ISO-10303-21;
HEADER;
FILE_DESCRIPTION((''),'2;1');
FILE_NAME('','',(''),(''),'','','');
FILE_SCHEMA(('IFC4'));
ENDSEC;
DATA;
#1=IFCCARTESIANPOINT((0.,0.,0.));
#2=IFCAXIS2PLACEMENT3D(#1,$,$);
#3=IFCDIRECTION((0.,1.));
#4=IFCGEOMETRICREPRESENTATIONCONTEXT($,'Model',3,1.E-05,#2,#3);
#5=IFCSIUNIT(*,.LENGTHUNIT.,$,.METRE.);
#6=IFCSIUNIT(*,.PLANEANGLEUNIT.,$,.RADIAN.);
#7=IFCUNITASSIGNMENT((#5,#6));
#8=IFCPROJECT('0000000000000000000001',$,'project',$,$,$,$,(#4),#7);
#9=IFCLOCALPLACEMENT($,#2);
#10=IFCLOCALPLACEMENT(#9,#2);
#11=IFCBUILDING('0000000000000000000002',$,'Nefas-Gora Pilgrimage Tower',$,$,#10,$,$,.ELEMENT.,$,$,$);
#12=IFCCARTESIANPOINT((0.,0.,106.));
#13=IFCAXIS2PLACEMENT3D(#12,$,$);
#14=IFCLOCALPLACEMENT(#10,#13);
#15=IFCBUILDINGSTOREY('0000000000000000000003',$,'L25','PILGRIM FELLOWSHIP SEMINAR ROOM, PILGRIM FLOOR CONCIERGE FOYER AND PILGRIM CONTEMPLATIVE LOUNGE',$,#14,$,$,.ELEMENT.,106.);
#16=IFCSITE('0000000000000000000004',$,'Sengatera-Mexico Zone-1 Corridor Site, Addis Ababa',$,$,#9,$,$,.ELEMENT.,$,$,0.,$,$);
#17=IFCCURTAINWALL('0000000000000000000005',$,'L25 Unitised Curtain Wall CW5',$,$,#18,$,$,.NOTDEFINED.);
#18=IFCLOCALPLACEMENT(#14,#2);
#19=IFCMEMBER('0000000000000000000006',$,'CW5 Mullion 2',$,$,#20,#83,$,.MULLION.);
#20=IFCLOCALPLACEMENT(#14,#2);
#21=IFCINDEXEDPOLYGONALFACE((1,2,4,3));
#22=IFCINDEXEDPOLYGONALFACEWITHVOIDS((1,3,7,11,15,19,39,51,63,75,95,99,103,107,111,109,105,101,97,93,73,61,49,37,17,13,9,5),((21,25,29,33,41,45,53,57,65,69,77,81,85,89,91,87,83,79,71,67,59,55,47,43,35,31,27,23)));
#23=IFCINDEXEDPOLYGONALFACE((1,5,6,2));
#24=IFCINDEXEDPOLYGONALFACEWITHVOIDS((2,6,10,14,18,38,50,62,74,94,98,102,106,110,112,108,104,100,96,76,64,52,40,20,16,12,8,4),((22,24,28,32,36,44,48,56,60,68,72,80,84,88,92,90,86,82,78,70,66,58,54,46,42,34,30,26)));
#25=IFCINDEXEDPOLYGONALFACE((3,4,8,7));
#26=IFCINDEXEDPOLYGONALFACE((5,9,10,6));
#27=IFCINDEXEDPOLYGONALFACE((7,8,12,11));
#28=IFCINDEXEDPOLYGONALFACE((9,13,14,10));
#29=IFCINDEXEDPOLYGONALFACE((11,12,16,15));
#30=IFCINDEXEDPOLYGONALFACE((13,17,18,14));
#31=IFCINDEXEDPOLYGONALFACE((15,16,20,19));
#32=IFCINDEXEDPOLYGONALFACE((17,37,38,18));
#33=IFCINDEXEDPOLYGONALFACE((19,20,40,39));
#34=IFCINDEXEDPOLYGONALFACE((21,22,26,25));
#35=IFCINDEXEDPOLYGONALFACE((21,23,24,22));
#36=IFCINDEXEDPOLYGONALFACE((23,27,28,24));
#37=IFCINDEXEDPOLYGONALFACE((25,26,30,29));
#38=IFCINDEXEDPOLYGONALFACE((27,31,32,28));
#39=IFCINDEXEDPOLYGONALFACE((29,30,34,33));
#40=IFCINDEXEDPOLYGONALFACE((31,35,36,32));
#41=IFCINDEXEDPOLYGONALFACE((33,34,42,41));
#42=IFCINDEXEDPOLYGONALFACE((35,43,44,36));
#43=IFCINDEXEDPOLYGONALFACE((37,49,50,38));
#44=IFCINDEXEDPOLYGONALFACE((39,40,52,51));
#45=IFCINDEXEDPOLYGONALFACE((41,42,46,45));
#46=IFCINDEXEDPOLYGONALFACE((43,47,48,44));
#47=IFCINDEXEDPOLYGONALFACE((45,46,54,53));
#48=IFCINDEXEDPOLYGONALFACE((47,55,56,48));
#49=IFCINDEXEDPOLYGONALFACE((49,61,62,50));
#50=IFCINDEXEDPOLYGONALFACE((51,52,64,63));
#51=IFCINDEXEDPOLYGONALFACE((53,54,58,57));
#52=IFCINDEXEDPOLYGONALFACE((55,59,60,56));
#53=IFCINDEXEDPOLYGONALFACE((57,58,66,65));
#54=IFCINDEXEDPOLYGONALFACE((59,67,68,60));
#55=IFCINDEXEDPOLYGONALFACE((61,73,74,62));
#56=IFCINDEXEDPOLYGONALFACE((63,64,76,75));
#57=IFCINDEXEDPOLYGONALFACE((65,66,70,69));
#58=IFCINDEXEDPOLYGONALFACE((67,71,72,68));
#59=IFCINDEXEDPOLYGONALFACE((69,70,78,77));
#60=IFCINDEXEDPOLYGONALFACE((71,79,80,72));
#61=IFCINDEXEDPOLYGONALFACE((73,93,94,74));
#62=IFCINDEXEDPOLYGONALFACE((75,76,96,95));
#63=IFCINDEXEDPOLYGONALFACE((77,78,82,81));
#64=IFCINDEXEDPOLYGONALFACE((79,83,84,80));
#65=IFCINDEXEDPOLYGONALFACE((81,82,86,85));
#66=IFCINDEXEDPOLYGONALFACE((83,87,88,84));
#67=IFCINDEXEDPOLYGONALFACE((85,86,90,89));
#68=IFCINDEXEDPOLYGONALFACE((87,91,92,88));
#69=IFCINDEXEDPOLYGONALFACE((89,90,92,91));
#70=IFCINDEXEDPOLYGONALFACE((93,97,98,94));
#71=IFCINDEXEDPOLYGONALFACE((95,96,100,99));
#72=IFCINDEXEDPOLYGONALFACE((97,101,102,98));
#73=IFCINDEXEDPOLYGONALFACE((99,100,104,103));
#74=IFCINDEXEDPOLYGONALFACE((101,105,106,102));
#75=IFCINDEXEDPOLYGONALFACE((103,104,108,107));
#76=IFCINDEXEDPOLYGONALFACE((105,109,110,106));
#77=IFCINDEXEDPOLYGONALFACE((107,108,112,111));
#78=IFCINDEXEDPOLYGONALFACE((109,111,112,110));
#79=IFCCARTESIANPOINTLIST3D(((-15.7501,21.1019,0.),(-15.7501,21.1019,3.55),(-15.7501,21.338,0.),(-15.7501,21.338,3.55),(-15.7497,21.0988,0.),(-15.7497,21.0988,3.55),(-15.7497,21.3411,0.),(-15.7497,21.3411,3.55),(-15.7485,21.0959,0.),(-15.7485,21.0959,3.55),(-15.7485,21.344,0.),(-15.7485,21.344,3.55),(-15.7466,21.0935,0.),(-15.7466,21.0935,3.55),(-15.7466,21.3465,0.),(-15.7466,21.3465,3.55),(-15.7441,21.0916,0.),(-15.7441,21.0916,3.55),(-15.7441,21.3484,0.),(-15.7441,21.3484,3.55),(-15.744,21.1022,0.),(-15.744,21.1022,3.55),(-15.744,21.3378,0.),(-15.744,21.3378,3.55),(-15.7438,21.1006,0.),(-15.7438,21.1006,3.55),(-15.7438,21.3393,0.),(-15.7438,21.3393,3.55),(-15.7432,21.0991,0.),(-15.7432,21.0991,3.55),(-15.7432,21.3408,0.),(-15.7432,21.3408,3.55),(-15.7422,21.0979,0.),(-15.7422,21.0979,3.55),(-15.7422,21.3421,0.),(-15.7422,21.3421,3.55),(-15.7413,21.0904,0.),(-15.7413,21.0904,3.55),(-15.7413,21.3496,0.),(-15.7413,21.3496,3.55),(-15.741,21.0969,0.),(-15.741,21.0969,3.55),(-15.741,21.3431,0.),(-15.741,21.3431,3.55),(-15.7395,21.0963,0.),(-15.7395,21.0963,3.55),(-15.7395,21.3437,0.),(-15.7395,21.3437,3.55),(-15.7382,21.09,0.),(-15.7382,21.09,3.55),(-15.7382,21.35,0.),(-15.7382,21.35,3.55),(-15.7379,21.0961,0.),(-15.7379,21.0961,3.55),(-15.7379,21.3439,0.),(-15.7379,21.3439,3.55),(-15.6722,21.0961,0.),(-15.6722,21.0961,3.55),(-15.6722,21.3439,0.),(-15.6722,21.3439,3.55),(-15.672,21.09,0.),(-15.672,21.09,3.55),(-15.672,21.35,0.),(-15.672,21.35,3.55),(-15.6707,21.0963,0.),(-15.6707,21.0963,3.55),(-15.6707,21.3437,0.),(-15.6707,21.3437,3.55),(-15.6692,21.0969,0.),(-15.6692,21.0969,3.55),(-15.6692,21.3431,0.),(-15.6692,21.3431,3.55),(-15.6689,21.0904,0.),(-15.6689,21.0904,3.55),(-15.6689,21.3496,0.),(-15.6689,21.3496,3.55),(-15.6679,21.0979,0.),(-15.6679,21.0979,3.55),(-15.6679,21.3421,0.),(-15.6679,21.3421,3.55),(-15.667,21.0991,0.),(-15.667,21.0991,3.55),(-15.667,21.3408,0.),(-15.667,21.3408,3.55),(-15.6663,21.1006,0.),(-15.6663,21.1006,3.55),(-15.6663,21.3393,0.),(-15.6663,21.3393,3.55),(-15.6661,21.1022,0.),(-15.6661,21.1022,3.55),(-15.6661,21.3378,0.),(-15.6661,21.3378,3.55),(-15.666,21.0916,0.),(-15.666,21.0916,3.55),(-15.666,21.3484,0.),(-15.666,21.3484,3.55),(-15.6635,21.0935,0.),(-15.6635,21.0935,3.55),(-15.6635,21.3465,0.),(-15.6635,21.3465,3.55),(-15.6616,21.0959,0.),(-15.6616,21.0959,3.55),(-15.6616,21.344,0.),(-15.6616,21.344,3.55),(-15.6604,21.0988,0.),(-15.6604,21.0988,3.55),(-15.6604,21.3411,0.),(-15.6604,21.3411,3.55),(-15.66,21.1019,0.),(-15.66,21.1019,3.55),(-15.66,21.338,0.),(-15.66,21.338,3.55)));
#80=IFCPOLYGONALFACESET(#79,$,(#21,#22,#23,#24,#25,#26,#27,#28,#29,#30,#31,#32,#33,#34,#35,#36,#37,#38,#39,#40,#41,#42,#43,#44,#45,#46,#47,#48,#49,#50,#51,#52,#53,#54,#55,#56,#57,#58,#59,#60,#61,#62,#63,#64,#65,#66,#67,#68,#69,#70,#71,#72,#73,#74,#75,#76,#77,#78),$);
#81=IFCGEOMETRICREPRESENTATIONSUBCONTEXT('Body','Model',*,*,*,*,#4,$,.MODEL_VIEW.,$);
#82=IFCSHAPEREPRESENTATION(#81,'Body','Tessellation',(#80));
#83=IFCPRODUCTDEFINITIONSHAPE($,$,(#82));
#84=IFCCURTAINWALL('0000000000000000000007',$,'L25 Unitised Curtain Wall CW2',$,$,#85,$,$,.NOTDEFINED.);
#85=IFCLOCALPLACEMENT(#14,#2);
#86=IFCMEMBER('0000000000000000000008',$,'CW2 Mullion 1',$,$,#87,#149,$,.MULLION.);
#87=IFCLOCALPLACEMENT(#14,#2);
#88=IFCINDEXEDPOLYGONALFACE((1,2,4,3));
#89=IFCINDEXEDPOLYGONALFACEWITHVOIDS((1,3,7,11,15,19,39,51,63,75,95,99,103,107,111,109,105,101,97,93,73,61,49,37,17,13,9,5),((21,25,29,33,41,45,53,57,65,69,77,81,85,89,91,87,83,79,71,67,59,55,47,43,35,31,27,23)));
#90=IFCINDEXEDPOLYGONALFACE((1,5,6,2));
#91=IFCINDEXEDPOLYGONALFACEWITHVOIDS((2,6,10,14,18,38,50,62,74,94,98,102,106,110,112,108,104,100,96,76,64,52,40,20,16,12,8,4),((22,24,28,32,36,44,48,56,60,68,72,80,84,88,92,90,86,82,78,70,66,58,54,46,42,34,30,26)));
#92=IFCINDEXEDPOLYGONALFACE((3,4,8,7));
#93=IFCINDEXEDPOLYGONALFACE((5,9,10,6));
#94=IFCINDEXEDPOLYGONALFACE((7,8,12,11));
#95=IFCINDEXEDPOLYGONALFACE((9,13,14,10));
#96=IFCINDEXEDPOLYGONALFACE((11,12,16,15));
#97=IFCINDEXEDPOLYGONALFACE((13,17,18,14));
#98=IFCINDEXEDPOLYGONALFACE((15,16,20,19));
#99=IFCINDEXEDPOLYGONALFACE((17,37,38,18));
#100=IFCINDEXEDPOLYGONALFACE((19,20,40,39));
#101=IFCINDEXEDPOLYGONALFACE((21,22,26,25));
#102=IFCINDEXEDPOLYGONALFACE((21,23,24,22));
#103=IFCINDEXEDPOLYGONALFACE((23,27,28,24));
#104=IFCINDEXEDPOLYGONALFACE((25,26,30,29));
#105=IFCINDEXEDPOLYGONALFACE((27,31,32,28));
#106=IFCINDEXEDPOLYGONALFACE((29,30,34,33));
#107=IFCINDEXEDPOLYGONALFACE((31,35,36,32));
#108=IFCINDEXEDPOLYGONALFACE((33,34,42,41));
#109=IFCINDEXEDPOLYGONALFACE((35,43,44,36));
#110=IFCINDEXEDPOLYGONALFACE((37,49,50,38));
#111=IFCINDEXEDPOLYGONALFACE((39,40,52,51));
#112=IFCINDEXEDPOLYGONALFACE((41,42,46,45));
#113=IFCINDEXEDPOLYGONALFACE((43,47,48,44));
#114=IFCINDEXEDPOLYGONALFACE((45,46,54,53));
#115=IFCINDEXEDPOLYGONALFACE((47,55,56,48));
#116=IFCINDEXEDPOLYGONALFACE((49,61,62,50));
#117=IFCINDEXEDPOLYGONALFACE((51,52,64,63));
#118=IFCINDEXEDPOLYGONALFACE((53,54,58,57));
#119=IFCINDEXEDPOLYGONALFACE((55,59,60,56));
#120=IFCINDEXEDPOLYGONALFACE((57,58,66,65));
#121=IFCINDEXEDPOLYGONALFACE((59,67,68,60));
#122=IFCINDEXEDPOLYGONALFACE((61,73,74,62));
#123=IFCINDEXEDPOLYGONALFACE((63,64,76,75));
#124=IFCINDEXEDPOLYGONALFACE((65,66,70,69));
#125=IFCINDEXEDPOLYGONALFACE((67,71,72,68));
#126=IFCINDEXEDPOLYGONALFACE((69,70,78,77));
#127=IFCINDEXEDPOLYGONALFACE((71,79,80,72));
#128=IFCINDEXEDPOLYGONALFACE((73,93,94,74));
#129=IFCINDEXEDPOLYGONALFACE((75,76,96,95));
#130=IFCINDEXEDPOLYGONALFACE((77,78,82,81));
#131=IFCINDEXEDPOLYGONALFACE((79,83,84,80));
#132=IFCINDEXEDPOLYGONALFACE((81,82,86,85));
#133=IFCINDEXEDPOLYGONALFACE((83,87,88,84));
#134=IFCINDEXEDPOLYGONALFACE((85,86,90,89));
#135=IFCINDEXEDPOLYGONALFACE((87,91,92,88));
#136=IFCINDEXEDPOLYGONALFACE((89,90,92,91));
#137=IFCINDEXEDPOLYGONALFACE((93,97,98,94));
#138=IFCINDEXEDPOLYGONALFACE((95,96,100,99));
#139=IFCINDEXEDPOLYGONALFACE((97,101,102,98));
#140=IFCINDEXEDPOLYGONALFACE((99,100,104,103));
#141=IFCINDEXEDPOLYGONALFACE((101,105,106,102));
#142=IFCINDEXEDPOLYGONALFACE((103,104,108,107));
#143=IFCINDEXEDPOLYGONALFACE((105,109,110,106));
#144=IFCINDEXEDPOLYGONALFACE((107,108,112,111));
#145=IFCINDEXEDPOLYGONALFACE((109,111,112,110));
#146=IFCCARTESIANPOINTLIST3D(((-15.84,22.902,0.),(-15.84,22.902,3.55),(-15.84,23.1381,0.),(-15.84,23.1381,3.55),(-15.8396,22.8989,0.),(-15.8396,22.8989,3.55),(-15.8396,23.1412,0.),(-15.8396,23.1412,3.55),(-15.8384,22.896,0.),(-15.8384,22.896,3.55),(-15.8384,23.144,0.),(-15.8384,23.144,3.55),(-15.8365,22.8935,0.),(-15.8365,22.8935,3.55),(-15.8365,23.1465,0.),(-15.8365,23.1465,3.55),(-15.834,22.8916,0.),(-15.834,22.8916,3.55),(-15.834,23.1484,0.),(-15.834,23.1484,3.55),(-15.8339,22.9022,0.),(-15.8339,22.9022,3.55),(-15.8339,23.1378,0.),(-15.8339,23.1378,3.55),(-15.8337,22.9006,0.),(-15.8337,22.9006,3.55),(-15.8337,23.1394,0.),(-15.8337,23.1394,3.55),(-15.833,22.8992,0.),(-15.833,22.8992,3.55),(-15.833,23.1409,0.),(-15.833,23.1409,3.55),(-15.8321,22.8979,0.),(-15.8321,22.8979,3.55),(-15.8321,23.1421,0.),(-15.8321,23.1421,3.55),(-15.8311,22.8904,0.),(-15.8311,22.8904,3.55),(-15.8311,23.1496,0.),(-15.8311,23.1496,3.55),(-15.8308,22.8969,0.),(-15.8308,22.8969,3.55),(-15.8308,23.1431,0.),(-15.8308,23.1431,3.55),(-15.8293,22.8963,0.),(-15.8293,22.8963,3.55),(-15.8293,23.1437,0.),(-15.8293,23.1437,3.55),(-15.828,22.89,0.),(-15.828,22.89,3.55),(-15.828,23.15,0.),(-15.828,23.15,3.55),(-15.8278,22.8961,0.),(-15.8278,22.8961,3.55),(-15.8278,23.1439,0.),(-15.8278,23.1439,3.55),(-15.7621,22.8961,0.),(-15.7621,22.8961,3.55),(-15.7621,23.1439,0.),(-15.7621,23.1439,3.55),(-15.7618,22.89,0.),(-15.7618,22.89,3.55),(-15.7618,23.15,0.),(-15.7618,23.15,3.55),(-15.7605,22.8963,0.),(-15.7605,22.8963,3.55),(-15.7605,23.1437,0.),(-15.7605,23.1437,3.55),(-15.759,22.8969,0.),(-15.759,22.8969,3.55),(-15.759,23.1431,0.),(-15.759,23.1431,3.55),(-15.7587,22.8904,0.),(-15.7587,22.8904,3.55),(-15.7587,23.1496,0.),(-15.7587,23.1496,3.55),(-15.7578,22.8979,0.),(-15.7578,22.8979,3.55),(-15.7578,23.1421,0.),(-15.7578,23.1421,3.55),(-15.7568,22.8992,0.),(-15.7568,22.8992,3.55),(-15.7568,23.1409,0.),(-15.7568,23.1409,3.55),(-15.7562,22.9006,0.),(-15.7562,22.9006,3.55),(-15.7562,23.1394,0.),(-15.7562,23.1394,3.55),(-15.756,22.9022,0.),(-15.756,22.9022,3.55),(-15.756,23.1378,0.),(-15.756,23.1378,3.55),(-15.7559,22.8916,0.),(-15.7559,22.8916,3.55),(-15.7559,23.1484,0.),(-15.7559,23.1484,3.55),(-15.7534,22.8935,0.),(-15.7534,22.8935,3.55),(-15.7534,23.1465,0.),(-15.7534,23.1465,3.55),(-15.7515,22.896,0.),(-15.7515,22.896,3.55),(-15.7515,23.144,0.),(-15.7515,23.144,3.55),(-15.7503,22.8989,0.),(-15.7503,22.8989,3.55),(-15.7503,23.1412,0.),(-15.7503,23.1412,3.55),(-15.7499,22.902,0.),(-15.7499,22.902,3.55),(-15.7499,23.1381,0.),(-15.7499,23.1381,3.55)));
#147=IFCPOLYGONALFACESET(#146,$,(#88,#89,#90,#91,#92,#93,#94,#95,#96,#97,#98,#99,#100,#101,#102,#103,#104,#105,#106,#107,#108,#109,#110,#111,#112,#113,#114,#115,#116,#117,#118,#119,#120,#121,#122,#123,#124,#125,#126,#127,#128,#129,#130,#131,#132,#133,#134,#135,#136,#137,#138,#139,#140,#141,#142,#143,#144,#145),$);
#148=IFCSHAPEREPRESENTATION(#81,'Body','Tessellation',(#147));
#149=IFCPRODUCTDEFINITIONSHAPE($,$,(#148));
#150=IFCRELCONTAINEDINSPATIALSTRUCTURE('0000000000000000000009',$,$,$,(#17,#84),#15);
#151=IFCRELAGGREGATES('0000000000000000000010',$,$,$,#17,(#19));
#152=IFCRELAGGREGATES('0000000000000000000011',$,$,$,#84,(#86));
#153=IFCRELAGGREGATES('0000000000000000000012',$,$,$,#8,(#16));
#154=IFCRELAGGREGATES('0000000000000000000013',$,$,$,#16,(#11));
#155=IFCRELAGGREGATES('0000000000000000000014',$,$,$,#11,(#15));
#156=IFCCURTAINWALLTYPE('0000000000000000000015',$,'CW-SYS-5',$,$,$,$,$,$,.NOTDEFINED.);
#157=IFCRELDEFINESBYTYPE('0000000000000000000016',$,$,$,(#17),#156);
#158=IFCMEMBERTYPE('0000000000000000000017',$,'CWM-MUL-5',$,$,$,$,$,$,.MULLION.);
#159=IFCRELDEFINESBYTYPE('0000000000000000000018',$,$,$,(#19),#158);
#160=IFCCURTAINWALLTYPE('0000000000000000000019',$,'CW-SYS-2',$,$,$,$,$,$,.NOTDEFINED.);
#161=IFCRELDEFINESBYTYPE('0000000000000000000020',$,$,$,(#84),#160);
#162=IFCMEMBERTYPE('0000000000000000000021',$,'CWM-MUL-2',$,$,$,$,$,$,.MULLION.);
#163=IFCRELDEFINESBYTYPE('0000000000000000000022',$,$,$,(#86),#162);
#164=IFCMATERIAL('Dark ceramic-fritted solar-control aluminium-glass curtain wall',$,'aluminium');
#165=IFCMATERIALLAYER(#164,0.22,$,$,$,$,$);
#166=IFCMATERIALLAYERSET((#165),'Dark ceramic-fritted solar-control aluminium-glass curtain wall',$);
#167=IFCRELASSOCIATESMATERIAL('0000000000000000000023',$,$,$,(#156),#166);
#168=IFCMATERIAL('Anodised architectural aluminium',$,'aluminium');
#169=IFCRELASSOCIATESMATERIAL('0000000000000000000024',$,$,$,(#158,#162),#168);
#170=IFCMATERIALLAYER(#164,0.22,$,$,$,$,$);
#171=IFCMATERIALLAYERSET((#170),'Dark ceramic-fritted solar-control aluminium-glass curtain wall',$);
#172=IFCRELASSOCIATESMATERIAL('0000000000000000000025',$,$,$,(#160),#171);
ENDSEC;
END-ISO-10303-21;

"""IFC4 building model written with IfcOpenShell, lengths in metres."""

from ifc_helpers import new_model, si_unit, direction, frame, origin, origin_2d, place, context, subcontext, project, spatial, hollow_rectangle, extrude, source, transform, mapped, material, layer, layer_set, material_profile, profile_set, type_object, element, aggregate, save


model = new_model("IFC4")

# Units and contexts
model_context = context("Model", 3, precision=1e-05, world=origin(), true_north=direction((0.0, 1.0)))
body_context = subcontext(model_context, "Body", "Model", "MODEL_VIEW")
ifc_project = project(units=[si_unit("LENGTHUNIT", "METRE"), si_unit("PLANEANGLEUNIT", "RADIAN")], contexts=[model_context])

# Site, building, storey
site_placement = place(None, origin())
site = spatial("IfcSite", under=ifc_project, at=site_placement, Name="Sengatera-Mexico Zone-1 Corridor Site, Addis Ababa", CompositionType="ELEMENT", RefElevation=0.0)
building_placement = place(site_placement, origin())
building = spatial("IfcBuilding", under=site, at=building_placement, Name="Nefas-Gora Pilgrimage Tower", CompositionType="ELEMENT")
storey_placement = place(building_placement, frame((0.0, 0.0, 106.0)))
storey = spatial("IfcBuildingStorey", under=building, at=storey_placement, Name="L25", Description="PILGRIM FELLOWSHIP SEMINAR ROOM, PILGRIM FLOOR CONCIERGE FOYER AND PILGRIM CONTEMPLATIVE LOUNGE", CompositionType="ELEMENT", Elevation=106.0)

# Curtain wall, member
ifc_material_1 = material(Name="Dark ceramic-fritted solar-control aluminium-glass curtain wall", Category="aluminium")
ifc_layer_1 = layer(ifc_material_1, 0.22)
ifc_layer_set_1 = layer_set([ifc_layer_1], Name="Dark ceramic-fritted solar-control aluminium-glass curtain wall")
curtain_wall_type_1 = type_object("IfcCurtainWallType", Name="CW-SYS-5", PredefinedType="NOTDEFINED", material=ifc_layer_set_1)
curtain_wall_1_placement = place(storey_placement, origin())
curtain_wall_1 = element("IfcCurtainWall", 1, at=curtain_wall_1_placement, inside=storey, type_object=curtain_wall_type_1, Name="L25 Unitised Curtain Wall CW5", PredefinedType="NOTDEFINED")
ifc_material_2 = material(Name="Anodised architectural aluminium", Category="aluminium")
ifc_material_profile_1 = material_profile(ifc_material_2, hollow_rectangle(XDim=0.0901, YDim=0.26, WallThickness=0.0061, InnerFilletRadius=0.0061, OuterFilletRadius=0.012, at=origin_2d()), Name="ALU MULLION 90x260")
ifc_profile_set_1 = profile_set([ifc_material_profile_1], Name="Anodised architectural aluminium")
member_type_1 = type_object("IfcMemberType", Name="CWM-MUL-5", PredefinedType="MULLION", material=ifc_profile_set_1)
shared_shape_1 = source(origin(), body_context, "Body", "SweptSolid", [
    extrude(hollow_rectangle(XDim=0.0901, YDim=0.26, WallThickness=0.0061, InnerFilletRadius=0.0061, OuterFilletRadius=0.012, at=origin_2d()), origin(), (0.0, 0.0, 1.0), 3.55),
])
member_1_placement = place(storey_placement, frame((-15.7051, 21.22, 0.0), z_axis=(0.0, 0.0, 1.0), x_axis=(-1.0, 0.0, 0.0)))
member_1 = element("IfcMember", 2, at=member_1_placement, type_object=member_type_1, Name="CW5 Mullion 2", PredefinedType="MULLION", context=body_context, shape_type="MappedRepresentation", body=[
    mapped(shared_shape_1, transform((0.0, 0.0, 0.0), x_axis=(1.0, 0.0, 0.0), y_axis=(0.0, 1.0, 0.0), z_axis=(0.0, 0.0, 1.0), scale=1.0)),
])

# Curtain wall, member
ifc_layer_2 = layer(ifc_material_1, 0.22)
ifc_layer_set_2 = layer_set([ifc_layer_2], Name="Dark ceramic-fritted solar-control aluminium-glass curtain wall")
curtain_wall_type_2 = type_object("IfcCurtainWallType", Name="CW-SYS-2", PredefinedType="NOTDEFINED", material=ifc_layer_set_2)
curtain_wall_2_placement = place(storey_placement, origin())
curtain_wall_2 = element("IfcCurtainWall", 3, at=curtain_wall_2_placement, inside=storey, type_object=curtain_wall_type_2, Name="L25 Unitised Curtain Wall CW2", PredefinedType="NOTDEFINED")
ifc_material_profile_2 = material_profile(ifc_material_2, hollow_rectangle(XDim=0.0901, YDim=0.26, WallThickness=0.0061, InnerFilletRadius=0.0061, OuterFilletRadius=0.012, at=origin_2d()), Name="ALU MULLION 90x260")
ifc_profile_set_2 = profile_set([ifc_material_profile_2], Name="Anodised architectural aluminium")
member_type_2 = type_object("IfcMemberType", Name="CWM-MUL-2", PredefinedType="MULLION", material=ifc_profile_set_2)
shared_shape_2 = source(origin(), body_context, "Body", "SweptSolid", [
    extrude(hollow_rectangle(XDim=0.0901, YDim=0.26, WallThickness=0.0061, InnerFilletRadius=0.0061, OuterFilletRadius=0.012, at=origin_2d()), origin(), (0.0, 0.0, 1.0), 3.55),
])
member_2_placement = place(storey_placement, frame((-15.7949, 23.02, 0.0), z_axis=(0.0, 0.0, 1.0), x_axis=(-1.0, 0.0, 0.0)))
member_2 = element("IfcMember", 4, at=member_2_placement, type_object=member_type_2, Name="CW2 Mullion 1", PredefinedType="MULLION", context=body_context, shape_type="MappedRepresentation", body=[
    mapped(shared_shape_2, transform((0.0, 0.0, 0.0), x_axis=(1.0, 0.0, 0.0), y_axis=(0.0, 1.0, 0.0), z_axis=(0.0, 0.0, 1.0), scale=1.0)),
])

aggregate(curtain_wall_1, [member_1])
aggregate(curtain_wall_2, [member_2])

save(model, "model.ifc")
